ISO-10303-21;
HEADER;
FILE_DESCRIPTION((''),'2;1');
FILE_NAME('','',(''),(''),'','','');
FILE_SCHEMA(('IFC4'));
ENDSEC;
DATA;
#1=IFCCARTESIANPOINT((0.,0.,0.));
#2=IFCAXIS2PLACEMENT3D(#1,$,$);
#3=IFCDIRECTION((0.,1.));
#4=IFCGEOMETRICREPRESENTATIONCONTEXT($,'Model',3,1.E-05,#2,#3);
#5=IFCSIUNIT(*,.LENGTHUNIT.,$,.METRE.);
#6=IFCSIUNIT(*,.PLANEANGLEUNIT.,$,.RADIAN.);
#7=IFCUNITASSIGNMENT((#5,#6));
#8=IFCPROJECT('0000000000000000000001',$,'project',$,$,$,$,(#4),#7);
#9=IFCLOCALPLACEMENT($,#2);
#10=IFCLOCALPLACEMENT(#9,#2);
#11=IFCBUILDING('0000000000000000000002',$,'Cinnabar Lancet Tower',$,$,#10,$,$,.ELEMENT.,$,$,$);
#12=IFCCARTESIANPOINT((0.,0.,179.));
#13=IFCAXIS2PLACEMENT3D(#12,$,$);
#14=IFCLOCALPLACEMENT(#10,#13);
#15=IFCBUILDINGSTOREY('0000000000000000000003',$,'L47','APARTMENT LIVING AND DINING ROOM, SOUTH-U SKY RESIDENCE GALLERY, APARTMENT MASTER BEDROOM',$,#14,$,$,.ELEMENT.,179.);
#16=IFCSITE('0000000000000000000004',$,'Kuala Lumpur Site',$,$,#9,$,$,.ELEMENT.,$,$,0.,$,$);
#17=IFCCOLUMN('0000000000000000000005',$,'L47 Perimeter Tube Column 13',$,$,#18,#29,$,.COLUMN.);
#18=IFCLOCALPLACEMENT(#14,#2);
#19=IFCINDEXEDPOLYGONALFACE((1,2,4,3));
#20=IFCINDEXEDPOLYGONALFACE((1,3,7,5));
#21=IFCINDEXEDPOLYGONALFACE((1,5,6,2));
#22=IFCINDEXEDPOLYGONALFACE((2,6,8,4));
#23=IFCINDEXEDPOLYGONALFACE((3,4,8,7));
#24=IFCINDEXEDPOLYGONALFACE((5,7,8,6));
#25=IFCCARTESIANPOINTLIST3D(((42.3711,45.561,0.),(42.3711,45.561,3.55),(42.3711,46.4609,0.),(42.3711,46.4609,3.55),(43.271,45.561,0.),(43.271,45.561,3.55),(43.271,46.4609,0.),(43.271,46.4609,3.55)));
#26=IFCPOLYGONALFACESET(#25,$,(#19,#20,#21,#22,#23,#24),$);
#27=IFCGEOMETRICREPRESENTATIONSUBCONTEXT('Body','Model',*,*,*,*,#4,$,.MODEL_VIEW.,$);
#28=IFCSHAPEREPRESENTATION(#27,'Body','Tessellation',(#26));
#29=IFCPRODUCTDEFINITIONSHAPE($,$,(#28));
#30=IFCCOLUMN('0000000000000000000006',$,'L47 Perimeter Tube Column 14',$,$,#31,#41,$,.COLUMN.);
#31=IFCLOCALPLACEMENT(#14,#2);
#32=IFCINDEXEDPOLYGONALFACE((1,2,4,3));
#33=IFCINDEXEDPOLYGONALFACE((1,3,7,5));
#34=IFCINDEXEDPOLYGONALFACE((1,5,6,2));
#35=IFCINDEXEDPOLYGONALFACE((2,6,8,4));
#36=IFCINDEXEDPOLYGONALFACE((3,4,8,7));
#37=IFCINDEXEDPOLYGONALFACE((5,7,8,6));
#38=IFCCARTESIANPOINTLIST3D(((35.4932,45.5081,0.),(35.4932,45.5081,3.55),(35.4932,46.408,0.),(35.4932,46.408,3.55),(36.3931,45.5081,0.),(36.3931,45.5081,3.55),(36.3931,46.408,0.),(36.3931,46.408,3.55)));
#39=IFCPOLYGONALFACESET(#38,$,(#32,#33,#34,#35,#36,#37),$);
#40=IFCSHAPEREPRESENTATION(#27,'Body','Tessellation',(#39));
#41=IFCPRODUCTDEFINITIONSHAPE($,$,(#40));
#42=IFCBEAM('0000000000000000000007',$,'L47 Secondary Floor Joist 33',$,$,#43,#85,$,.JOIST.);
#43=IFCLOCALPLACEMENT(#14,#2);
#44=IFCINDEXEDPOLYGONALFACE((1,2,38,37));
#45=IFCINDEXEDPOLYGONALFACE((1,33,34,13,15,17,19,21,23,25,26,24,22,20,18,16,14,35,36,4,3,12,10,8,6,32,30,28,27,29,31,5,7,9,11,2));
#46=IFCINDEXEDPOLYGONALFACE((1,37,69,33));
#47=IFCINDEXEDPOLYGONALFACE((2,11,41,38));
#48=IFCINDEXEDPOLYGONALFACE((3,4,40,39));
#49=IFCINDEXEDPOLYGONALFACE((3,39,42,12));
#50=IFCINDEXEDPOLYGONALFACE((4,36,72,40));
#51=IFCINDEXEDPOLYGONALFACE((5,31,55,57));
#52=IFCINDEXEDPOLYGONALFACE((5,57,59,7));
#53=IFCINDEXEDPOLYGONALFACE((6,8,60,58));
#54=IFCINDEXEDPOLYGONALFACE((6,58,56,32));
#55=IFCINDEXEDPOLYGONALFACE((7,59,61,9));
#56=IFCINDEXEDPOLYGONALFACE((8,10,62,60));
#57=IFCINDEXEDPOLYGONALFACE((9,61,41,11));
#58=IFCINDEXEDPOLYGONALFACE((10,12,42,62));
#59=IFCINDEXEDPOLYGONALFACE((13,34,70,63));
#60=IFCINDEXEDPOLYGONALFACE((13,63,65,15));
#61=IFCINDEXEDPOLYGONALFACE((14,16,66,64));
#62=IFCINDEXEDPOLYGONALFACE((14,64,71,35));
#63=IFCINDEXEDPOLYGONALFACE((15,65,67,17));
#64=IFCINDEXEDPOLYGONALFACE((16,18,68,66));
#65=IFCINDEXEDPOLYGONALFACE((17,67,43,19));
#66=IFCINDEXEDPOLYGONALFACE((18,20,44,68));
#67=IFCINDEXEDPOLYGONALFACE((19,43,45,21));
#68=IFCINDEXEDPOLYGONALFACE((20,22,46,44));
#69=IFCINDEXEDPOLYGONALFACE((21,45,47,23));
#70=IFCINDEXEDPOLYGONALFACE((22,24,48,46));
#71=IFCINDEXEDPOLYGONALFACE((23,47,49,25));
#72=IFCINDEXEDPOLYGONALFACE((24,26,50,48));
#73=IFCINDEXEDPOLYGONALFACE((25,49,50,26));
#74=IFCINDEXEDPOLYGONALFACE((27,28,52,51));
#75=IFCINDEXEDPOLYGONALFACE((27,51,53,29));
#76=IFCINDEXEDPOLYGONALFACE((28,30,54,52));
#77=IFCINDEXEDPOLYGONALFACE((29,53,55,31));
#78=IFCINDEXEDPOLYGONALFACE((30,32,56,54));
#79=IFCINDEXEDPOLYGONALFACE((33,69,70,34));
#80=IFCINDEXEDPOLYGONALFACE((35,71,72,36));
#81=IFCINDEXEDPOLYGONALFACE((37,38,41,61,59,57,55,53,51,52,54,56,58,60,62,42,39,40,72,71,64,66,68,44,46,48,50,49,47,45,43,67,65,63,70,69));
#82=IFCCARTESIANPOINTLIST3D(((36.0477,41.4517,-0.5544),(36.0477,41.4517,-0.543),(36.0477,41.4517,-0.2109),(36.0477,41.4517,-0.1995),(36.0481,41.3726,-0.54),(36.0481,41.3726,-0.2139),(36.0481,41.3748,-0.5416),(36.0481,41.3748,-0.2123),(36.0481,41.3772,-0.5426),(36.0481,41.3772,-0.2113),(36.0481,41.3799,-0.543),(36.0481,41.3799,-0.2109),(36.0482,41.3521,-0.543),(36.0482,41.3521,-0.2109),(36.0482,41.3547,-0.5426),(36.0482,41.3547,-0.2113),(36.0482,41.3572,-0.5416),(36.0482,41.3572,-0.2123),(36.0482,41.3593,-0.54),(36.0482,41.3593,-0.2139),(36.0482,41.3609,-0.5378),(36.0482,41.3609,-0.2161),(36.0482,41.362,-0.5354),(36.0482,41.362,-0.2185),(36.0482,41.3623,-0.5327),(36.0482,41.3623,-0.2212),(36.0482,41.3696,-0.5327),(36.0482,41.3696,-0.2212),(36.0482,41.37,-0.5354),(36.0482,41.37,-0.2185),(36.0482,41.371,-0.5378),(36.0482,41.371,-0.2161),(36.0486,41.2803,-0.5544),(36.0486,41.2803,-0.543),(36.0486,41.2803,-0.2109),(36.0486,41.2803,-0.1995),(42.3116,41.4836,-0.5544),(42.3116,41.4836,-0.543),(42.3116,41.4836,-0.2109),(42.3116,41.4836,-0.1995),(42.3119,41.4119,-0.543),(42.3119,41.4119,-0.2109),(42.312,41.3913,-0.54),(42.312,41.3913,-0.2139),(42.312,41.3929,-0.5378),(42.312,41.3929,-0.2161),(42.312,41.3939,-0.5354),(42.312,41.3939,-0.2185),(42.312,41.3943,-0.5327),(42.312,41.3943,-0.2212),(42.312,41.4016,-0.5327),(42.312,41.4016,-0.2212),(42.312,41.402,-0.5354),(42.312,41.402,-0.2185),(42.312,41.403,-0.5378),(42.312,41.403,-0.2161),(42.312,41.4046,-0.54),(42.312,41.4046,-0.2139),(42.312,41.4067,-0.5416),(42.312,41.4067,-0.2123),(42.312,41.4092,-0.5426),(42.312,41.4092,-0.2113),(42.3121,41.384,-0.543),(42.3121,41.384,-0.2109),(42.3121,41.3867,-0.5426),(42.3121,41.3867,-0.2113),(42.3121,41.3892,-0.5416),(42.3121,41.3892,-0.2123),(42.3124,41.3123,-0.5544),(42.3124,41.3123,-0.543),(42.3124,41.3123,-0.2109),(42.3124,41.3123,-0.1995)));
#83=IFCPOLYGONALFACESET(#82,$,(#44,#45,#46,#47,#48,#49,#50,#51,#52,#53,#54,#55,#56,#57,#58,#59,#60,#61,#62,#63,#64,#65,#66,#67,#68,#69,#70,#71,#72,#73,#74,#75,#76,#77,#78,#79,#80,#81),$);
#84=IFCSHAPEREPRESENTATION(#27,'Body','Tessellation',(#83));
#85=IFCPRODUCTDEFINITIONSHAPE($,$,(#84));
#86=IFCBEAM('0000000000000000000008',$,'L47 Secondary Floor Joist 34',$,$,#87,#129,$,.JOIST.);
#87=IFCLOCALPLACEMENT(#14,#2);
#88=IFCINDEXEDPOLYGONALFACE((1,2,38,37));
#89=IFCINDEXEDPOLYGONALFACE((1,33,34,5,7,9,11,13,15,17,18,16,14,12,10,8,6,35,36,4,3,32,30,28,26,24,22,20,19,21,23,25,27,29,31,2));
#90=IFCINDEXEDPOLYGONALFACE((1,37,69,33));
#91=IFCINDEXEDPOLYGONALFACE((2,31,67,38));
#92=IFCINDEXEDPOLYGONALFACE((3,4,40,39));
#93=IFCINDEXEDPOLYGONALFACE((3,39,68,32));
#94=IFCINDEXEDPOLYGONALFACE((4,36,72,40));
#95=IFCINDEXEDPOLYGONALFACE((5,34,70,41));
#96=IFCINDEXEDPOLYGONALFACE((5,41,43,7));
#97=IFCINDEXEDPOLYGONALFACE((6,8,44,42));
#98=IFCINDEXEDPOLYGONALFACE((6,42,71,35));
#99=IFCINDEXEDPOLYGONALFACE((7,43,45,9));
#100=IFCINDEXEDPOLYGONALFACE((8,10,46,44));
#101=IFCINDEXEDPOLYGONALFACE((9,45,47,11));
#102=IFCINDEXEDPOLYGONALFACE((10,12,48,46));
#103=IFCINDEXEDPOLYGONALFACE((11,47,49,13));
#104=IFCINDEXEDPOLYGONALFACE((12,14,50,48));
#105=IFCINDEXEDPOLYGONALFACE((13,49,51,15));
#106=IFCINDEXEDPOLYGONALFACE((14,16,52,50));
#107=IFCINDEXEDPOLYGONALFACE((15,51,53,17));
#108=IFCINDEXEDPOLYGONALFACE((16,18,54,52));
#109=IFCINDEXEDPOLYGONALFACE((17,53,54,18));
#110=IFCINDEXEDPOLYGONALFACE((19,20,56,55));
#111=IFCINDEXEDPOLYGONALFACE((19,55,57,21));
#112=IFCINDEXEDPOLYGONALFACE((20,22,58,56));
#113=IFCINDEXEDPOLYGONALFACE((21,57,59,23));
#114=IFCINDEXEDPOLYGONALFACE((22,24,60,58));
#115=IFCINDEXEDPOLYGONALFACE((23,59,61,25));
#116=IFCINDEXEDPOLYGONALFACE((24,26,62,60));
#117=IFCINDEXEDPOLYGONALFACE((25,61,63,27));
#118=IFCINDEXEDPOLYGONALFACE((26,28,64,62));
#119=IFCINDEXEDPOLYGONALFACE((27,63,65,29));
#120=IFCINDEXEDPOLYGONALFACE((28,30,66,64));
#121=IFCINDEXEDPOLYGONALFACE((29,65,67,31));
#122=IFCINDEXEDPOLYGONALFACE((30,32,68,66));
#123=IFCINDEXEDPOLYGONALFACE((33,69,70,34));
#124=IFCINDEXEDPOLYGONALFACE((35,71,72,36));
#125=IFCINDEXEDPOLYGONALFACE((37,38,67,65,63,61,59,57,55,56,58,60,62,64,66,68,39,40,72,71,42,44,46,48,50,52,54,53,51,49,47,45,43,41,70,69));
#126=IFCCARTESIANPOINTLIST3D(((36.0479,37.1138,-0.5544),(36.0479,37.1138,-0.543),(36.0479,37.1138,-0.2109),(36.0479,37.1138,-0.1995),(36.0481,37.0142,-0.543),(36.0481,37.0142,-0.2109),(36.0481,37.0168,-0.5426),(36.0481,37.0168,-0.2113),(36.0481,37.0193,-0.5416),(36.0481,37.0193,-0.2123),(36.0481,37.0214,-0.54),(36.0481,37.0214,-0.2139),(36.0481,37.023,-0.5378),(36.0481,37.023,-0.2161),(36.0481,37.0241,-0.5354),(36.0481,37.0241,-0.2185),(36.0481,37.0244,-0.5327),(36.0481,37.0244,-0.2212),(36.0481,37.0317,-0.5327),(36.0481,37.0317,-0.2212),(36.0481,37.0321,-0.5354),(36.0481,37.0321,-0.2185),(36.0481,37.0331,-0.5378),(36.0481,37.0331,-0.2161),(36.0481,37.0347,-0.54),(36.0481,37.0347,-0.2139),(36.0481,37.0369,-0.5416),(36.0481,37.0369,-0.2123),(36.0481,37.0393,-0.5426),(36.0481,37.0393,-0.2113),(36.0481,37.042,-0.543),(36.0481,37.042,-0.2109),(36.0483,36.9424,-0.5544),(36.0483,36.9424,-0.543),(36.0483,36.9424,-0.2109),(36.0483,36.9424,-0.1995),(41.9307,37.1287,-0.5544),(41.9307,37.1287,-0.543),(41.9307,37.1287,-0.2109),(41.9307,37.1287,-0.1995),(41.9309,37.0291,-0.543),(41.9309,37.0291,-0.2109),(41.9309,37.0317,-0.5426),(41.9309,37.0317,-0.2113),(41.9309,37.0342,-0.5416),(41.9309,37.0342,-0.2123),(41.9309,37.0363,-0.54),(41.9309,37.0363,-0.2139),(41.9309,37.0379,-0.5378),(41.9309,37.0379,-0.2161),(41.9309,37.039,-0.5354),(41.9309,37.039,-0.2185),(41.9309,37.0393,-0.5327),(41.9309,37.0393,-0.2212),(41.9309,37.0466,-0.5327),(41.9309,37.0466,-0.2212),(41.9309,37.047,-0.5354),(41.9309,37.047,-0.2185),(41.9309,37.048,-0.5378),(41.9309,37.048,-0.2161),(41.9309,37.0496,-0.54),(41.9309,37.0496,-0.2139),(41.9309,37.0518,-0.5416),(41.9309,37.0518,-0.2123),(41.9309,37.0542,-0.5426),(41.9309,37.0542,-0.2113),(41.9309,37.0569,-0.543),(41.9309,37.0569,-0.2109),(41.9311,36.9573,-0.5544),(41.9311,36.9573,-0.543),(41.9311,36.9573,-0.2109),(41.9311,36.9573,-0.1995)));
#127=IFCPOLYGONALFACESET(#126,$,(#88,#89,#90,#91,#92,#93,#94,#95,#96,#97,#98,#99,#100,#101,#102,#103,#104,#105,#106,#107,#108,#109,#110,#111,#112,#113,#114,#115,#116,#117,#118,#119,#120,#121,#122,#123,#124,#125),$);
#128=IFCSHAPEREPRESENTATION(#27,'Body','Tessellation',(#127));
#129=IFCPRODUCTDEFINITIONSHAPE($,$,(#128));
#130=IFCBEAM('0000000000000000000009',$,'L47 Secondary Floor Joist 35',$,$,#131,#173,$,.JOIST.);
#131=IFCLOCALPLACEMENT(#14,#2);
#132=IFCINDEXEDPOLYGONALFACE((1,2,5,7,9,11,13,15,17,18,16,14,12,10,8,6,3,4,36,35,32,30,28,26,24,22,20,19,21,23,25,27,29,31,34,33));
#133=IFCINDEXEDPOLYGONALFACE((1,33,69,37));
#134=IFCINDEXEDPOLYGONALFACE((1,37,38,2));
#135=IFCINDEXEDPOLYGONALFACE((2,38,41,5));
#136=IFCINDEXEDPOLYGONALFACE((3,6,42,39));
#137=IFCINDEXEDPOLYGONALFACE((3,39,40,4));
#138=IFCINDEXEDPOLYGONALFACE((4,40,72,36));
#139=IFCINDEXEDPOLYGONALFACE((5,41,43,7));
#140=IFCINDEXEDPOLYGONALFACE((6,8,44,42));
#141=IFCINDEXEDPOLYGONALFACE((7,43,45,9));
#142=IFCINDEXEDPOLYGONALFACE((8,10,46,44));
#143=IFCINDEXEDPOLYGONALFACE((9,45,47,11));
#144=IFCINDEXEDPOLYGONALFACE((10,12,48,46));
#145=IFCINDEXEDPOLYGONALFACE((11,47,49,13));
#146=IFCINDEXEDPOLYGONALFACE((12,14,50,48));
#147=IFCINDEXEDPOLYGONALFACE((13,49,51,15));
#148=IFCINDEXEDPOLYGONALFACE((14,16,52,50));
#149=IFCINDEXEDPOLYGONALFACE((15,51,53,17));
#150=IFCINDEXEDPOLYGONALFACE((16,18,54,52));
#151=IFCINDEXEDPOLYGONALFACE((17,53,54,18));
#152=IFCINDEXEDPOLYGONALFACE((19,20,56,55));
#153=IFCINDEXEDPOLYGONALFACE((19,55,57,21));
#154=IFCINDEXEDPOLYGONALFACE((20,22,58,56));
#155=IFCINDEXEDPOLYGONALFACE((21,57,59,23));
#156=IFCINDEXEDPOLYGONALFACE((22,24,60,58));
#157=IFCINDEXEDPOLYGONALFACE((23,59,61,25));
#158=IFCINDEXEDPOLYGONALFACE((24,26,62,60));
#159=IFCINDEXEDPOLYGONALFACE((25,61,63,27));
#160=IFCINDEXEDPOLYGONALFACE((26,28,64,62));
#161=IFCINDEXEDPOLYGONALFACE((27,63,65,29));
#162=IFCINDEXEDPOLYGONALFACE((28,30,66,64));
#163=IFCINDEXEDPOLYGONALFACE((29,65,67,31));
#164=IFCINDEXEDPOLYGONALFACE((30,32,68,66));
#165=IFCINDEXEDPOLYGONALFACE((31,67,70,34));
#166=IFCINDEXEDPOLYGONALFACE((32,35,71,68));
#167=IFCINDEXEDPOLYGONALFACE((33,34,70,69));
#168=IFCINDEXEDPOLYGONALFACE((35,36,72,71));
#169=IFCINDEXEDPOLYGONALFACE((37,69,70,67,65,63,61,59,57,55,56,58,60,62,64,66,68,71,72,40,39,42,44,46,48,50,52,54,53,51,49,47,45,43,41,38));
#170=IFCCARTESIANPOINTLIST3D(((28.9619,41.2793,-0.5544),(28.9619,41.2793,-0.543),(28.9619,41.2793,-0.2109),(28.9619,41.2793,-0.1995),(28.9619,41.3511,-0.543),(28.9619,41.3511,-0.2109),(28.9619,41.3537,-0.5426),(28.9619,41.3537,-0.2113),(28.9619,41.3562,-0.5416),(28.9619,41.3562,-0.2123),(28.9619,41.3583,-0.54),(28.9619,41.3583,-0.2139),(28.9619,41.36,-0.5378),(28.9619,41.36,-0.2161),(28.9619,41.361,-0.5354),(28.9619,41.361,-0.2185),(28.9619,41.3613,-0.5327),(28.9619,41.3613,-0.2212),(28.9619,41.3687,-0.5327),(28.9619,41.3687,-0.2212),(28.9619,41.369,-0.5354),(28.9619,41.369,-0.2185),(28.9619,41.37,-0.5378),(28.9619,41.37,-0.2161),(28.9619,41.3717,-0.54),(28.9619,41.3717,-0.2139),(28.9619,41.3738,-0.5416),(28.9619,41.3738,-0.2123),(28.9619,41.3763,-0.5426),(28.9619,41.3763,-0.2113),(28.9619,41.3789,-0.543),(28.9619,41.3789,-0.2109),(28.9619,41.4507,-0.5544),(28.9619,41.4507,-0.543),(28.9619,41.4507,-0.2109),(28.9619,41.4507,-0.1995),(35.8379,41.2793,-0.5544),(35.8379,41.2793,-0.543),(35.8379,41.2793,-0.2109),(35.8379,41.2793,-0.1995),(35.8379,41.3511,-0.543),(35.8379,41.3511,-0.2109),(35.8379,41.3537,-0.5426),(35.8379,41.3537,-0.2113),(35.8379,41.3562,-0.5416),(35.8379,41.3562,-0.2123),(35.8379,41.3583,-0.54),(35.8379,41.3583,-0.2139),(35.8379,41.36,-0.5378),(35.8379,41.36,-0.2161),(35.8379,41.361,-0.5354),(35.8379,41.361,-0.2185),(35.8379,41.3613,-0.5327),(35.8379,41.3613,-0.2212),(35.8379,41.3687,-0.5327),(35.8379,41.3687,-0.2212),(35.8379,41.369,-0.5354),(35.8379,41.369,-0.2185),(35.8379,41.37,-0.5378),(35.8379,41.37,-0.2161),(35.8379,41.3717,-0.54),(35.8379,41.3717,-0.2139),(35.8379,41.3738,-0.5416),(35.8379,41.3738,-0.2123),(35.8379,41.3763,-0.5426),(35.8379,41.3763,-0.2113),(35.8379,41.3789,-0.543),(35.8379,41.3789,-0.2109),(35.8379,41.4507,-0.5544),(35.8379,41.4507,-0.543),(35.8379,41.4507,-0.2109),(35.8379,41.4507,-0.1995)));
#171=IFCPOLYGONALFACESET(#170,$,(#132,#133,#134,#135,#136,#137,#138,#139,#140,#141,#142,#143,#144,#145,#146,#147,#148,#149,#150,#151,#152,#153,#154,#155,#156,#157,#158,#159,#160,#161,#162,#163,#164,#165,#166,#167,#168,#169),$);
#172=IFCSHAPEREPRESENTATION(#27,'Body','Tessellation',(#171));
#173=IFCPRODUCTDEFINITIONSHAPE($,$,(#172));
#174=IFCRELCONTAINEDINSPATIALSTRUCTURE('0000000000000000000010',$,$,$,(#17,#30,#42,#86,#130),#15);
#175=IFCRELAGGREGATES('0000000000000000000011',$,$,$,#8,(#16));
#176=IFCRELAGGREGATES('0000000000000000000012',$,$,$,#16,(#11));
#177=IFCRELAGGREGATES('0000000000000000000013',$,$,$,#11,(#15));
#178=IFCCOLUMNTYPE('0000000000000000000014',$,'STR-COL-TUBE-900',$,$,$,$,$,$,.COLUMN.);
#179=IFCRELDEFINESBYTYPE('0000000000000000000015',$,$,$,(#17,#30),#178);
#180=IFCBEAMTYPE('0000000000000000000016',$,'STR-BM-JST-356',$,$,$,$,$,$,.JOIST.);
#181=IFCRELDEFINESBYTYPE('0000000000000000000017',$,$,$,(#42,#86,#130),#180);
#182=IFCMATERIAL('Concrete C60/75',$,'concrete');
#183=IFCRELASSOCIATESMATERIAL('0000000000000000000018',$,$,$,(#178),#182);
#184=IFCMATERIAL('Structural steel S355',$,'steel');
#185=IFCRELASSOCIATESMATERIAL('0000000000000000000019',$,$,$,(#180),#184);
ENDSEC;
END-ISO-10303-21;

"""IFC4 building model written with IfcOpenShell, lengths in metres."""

from ifc_helpers import new_model, si_unit, direction, frame, origin, origin_2d, place, context, subcontext, project, spatial, rectangle, i_section, extrude, material, material_profile, profile_set, type_object, element, save


model = new_model("IFC4")

# Units and contexts
model_context = context("Model", 3, precision=1e-05, world=origin(), true_north=direction((0.0, 1.0)))
body_context = subcontext(model_context, "Body", "Model", "MODEL_VIEW")
ifc_project = project(units=[si_unit("LENGTHUNIT", "METRE"), si_unit("PLANEANGLEUNIT", "RADIAN")], contexts=[model_context])

# Site, building, storey
site_placement = place(None, origin())
site = spatial("IfcSite", under=ifc_project, at=site_placement, Name="Kuala Lumpur Site", CompositionType="ELEMENT", RefElevation=0.0)
building_placement = place(site_placement, origin())
building = spatial("IfcBuilding", under=site, at=building_placement, Name="Cinnabar Lancet Tower", CompositionType="ELEMENT")
storey_placement = place(building_placement, frame((0.0, 0.0, 179.0)))
storey = spatial("IfcBuildingStorey", under=building, at=storey_placement, Name="L47", Description="APARTMENT LIVING AND DINING ROOM, SOUTH-U SKY RESIDENCE GALLERY, APARTMENT MASTER BEDROOM", CompositionType="ELEMENT", Elevation=179.0)

# Columns
ifc_material_1 = material(Name="Concrete C60/75", Category="concrete")
ifc_material_profile_1 = material_profile(ifc_material_1, rectangle(XDim=0.8999, YDim=0.8999, at=origin_2d()), Name="RC-COL 900x900")
ifc_profile_set_1 = profile_set([ifc_material_profile_1], Name="Concrete C60/75")
column_type = type_object("IfcColumnType", Name="STR-COL-TUBE-900", PredefinedType="COLUMN", material=ifc_profile_set_1)
for number, where, z_axis, x_axis, name in (
    (1, (42.821, 46.011, 0.0), (0.0, 0.0, 1.0), (1.0, 0.0, 0.0), "L47 Perimeter Tube Column 13"),
    (2, (35.9431, 45.958, 0.0), (0.0, 0.0, 1.0), (1.0, 0.0, 0.0), "L47 Perimeter Tube Column 14"),
):
    element("IfcColumn", number, at=place(storey_placement, frame(where, z_axis=z_axis, x_axis=x_axis)), inside=storey, type_object=column_type, Name=name, PredefinedType="COLUMN", context=body_context, shape_type="SweptSolid", body=[
        extrude(rectangle(XDim=0.8999, YDim=0.8999, at=origin_2d()), origin(), (0.0, 0.0, 1.0), 3.55),
    ])

# Beams
ifc_material_2 = material(Name="Structural steel S355", Category="steel")
ifc_material_profile_2 = material_profile(ifc_material_2, i_section(OverallWidth=0.1714, OverallDepth=0.355, WebThickness=0.0073, FlangeThickness=0.0115, FilletRadius=0.0103, at=origin_2d()), Name="UKB 356x171x51")
ifc_profile_set_2 = profile_set([ifc_material_profile_2], Name="Structural steel S355")
beam_type_1 = type_object("IfcBeamType", Name="STR-BM-JST-356", PredefinedType="JOIST", material=ifc_profile_set_2)
beam_1_placement = place(storey_placement, frame((42.312, 41.3979, -0.377), z_axis=(-0.999987, -0.005106, 0.0), x_axis=(0.005106, -0.999987, 0.0)))
element("IfcBeam", 3, at=beam_1_placement, inside=storey, type_object=beam_type_1, Name="L47 Secondary Floor Joist 33", PredefinedType="JOIST", context=body_context, shape_type="SweptSolid", body=[
    extrude(i_section(OverallWidth=0.1714, OverallDepth=0.355, WebThickness=0.0073, FlangeThickness=0.0115, FilletRadius=0.0103, at=origin_2d()), origin(), (0.0, 0.0, 1.0), 6.2639),
])
beam_2_placement = place(storey_placement, frame((41.9309, 37.043, -0.377), z_axis=(-0.999997, -0.002532, 0.0), x_axis=(0.002532, -0.999997, 0.0)))
element("IfcBeam", 4, at=beam_2_placement, inside=storey, type_object=beam_type_1, Name="L47 Secondary Floor Joist 34", PredefinedType="JOIST", context=body_context, shape_type="SweptSolid", body=[
    extrude(i_section(OverallWidth=0.1714, OverallDepth=0.355, WebThickness=0.0073, FlangeThickness=0.0115, FilletRadius=0.0103, at=origin_2d()), origin(), (0.0, 0.0, 1.0), 5.8828),
])
for number, where, z_axis, x_axis, name in (
    (5, (35.8379, 41.365, -0.377), (-1.0, 0.0, 0.0), (0.0, -1.0, 0.0), "L47 Secondary Floor Joist 35"),
):
    element("IfcBeam", number, at=place(storey_placement, frame(where, z_axis=z_axis, x_axis=x_axis)), inside=storey, type_object=beam_type_1, Name=name, PredefinedType="JOIST", context=body_context, shape_type="SweptSolid", body=[
        extrude(i_section(OverallWidth=0.1714, OverallDepth=0.355, WebThickness=0.0073, FlangeThickness=0.0115, FilletRadius=0.0103, at=origin_2d()), origin(), (0.0, 0.0, 1.0), 6.876),
    ])

save(model, "model.ifc")
